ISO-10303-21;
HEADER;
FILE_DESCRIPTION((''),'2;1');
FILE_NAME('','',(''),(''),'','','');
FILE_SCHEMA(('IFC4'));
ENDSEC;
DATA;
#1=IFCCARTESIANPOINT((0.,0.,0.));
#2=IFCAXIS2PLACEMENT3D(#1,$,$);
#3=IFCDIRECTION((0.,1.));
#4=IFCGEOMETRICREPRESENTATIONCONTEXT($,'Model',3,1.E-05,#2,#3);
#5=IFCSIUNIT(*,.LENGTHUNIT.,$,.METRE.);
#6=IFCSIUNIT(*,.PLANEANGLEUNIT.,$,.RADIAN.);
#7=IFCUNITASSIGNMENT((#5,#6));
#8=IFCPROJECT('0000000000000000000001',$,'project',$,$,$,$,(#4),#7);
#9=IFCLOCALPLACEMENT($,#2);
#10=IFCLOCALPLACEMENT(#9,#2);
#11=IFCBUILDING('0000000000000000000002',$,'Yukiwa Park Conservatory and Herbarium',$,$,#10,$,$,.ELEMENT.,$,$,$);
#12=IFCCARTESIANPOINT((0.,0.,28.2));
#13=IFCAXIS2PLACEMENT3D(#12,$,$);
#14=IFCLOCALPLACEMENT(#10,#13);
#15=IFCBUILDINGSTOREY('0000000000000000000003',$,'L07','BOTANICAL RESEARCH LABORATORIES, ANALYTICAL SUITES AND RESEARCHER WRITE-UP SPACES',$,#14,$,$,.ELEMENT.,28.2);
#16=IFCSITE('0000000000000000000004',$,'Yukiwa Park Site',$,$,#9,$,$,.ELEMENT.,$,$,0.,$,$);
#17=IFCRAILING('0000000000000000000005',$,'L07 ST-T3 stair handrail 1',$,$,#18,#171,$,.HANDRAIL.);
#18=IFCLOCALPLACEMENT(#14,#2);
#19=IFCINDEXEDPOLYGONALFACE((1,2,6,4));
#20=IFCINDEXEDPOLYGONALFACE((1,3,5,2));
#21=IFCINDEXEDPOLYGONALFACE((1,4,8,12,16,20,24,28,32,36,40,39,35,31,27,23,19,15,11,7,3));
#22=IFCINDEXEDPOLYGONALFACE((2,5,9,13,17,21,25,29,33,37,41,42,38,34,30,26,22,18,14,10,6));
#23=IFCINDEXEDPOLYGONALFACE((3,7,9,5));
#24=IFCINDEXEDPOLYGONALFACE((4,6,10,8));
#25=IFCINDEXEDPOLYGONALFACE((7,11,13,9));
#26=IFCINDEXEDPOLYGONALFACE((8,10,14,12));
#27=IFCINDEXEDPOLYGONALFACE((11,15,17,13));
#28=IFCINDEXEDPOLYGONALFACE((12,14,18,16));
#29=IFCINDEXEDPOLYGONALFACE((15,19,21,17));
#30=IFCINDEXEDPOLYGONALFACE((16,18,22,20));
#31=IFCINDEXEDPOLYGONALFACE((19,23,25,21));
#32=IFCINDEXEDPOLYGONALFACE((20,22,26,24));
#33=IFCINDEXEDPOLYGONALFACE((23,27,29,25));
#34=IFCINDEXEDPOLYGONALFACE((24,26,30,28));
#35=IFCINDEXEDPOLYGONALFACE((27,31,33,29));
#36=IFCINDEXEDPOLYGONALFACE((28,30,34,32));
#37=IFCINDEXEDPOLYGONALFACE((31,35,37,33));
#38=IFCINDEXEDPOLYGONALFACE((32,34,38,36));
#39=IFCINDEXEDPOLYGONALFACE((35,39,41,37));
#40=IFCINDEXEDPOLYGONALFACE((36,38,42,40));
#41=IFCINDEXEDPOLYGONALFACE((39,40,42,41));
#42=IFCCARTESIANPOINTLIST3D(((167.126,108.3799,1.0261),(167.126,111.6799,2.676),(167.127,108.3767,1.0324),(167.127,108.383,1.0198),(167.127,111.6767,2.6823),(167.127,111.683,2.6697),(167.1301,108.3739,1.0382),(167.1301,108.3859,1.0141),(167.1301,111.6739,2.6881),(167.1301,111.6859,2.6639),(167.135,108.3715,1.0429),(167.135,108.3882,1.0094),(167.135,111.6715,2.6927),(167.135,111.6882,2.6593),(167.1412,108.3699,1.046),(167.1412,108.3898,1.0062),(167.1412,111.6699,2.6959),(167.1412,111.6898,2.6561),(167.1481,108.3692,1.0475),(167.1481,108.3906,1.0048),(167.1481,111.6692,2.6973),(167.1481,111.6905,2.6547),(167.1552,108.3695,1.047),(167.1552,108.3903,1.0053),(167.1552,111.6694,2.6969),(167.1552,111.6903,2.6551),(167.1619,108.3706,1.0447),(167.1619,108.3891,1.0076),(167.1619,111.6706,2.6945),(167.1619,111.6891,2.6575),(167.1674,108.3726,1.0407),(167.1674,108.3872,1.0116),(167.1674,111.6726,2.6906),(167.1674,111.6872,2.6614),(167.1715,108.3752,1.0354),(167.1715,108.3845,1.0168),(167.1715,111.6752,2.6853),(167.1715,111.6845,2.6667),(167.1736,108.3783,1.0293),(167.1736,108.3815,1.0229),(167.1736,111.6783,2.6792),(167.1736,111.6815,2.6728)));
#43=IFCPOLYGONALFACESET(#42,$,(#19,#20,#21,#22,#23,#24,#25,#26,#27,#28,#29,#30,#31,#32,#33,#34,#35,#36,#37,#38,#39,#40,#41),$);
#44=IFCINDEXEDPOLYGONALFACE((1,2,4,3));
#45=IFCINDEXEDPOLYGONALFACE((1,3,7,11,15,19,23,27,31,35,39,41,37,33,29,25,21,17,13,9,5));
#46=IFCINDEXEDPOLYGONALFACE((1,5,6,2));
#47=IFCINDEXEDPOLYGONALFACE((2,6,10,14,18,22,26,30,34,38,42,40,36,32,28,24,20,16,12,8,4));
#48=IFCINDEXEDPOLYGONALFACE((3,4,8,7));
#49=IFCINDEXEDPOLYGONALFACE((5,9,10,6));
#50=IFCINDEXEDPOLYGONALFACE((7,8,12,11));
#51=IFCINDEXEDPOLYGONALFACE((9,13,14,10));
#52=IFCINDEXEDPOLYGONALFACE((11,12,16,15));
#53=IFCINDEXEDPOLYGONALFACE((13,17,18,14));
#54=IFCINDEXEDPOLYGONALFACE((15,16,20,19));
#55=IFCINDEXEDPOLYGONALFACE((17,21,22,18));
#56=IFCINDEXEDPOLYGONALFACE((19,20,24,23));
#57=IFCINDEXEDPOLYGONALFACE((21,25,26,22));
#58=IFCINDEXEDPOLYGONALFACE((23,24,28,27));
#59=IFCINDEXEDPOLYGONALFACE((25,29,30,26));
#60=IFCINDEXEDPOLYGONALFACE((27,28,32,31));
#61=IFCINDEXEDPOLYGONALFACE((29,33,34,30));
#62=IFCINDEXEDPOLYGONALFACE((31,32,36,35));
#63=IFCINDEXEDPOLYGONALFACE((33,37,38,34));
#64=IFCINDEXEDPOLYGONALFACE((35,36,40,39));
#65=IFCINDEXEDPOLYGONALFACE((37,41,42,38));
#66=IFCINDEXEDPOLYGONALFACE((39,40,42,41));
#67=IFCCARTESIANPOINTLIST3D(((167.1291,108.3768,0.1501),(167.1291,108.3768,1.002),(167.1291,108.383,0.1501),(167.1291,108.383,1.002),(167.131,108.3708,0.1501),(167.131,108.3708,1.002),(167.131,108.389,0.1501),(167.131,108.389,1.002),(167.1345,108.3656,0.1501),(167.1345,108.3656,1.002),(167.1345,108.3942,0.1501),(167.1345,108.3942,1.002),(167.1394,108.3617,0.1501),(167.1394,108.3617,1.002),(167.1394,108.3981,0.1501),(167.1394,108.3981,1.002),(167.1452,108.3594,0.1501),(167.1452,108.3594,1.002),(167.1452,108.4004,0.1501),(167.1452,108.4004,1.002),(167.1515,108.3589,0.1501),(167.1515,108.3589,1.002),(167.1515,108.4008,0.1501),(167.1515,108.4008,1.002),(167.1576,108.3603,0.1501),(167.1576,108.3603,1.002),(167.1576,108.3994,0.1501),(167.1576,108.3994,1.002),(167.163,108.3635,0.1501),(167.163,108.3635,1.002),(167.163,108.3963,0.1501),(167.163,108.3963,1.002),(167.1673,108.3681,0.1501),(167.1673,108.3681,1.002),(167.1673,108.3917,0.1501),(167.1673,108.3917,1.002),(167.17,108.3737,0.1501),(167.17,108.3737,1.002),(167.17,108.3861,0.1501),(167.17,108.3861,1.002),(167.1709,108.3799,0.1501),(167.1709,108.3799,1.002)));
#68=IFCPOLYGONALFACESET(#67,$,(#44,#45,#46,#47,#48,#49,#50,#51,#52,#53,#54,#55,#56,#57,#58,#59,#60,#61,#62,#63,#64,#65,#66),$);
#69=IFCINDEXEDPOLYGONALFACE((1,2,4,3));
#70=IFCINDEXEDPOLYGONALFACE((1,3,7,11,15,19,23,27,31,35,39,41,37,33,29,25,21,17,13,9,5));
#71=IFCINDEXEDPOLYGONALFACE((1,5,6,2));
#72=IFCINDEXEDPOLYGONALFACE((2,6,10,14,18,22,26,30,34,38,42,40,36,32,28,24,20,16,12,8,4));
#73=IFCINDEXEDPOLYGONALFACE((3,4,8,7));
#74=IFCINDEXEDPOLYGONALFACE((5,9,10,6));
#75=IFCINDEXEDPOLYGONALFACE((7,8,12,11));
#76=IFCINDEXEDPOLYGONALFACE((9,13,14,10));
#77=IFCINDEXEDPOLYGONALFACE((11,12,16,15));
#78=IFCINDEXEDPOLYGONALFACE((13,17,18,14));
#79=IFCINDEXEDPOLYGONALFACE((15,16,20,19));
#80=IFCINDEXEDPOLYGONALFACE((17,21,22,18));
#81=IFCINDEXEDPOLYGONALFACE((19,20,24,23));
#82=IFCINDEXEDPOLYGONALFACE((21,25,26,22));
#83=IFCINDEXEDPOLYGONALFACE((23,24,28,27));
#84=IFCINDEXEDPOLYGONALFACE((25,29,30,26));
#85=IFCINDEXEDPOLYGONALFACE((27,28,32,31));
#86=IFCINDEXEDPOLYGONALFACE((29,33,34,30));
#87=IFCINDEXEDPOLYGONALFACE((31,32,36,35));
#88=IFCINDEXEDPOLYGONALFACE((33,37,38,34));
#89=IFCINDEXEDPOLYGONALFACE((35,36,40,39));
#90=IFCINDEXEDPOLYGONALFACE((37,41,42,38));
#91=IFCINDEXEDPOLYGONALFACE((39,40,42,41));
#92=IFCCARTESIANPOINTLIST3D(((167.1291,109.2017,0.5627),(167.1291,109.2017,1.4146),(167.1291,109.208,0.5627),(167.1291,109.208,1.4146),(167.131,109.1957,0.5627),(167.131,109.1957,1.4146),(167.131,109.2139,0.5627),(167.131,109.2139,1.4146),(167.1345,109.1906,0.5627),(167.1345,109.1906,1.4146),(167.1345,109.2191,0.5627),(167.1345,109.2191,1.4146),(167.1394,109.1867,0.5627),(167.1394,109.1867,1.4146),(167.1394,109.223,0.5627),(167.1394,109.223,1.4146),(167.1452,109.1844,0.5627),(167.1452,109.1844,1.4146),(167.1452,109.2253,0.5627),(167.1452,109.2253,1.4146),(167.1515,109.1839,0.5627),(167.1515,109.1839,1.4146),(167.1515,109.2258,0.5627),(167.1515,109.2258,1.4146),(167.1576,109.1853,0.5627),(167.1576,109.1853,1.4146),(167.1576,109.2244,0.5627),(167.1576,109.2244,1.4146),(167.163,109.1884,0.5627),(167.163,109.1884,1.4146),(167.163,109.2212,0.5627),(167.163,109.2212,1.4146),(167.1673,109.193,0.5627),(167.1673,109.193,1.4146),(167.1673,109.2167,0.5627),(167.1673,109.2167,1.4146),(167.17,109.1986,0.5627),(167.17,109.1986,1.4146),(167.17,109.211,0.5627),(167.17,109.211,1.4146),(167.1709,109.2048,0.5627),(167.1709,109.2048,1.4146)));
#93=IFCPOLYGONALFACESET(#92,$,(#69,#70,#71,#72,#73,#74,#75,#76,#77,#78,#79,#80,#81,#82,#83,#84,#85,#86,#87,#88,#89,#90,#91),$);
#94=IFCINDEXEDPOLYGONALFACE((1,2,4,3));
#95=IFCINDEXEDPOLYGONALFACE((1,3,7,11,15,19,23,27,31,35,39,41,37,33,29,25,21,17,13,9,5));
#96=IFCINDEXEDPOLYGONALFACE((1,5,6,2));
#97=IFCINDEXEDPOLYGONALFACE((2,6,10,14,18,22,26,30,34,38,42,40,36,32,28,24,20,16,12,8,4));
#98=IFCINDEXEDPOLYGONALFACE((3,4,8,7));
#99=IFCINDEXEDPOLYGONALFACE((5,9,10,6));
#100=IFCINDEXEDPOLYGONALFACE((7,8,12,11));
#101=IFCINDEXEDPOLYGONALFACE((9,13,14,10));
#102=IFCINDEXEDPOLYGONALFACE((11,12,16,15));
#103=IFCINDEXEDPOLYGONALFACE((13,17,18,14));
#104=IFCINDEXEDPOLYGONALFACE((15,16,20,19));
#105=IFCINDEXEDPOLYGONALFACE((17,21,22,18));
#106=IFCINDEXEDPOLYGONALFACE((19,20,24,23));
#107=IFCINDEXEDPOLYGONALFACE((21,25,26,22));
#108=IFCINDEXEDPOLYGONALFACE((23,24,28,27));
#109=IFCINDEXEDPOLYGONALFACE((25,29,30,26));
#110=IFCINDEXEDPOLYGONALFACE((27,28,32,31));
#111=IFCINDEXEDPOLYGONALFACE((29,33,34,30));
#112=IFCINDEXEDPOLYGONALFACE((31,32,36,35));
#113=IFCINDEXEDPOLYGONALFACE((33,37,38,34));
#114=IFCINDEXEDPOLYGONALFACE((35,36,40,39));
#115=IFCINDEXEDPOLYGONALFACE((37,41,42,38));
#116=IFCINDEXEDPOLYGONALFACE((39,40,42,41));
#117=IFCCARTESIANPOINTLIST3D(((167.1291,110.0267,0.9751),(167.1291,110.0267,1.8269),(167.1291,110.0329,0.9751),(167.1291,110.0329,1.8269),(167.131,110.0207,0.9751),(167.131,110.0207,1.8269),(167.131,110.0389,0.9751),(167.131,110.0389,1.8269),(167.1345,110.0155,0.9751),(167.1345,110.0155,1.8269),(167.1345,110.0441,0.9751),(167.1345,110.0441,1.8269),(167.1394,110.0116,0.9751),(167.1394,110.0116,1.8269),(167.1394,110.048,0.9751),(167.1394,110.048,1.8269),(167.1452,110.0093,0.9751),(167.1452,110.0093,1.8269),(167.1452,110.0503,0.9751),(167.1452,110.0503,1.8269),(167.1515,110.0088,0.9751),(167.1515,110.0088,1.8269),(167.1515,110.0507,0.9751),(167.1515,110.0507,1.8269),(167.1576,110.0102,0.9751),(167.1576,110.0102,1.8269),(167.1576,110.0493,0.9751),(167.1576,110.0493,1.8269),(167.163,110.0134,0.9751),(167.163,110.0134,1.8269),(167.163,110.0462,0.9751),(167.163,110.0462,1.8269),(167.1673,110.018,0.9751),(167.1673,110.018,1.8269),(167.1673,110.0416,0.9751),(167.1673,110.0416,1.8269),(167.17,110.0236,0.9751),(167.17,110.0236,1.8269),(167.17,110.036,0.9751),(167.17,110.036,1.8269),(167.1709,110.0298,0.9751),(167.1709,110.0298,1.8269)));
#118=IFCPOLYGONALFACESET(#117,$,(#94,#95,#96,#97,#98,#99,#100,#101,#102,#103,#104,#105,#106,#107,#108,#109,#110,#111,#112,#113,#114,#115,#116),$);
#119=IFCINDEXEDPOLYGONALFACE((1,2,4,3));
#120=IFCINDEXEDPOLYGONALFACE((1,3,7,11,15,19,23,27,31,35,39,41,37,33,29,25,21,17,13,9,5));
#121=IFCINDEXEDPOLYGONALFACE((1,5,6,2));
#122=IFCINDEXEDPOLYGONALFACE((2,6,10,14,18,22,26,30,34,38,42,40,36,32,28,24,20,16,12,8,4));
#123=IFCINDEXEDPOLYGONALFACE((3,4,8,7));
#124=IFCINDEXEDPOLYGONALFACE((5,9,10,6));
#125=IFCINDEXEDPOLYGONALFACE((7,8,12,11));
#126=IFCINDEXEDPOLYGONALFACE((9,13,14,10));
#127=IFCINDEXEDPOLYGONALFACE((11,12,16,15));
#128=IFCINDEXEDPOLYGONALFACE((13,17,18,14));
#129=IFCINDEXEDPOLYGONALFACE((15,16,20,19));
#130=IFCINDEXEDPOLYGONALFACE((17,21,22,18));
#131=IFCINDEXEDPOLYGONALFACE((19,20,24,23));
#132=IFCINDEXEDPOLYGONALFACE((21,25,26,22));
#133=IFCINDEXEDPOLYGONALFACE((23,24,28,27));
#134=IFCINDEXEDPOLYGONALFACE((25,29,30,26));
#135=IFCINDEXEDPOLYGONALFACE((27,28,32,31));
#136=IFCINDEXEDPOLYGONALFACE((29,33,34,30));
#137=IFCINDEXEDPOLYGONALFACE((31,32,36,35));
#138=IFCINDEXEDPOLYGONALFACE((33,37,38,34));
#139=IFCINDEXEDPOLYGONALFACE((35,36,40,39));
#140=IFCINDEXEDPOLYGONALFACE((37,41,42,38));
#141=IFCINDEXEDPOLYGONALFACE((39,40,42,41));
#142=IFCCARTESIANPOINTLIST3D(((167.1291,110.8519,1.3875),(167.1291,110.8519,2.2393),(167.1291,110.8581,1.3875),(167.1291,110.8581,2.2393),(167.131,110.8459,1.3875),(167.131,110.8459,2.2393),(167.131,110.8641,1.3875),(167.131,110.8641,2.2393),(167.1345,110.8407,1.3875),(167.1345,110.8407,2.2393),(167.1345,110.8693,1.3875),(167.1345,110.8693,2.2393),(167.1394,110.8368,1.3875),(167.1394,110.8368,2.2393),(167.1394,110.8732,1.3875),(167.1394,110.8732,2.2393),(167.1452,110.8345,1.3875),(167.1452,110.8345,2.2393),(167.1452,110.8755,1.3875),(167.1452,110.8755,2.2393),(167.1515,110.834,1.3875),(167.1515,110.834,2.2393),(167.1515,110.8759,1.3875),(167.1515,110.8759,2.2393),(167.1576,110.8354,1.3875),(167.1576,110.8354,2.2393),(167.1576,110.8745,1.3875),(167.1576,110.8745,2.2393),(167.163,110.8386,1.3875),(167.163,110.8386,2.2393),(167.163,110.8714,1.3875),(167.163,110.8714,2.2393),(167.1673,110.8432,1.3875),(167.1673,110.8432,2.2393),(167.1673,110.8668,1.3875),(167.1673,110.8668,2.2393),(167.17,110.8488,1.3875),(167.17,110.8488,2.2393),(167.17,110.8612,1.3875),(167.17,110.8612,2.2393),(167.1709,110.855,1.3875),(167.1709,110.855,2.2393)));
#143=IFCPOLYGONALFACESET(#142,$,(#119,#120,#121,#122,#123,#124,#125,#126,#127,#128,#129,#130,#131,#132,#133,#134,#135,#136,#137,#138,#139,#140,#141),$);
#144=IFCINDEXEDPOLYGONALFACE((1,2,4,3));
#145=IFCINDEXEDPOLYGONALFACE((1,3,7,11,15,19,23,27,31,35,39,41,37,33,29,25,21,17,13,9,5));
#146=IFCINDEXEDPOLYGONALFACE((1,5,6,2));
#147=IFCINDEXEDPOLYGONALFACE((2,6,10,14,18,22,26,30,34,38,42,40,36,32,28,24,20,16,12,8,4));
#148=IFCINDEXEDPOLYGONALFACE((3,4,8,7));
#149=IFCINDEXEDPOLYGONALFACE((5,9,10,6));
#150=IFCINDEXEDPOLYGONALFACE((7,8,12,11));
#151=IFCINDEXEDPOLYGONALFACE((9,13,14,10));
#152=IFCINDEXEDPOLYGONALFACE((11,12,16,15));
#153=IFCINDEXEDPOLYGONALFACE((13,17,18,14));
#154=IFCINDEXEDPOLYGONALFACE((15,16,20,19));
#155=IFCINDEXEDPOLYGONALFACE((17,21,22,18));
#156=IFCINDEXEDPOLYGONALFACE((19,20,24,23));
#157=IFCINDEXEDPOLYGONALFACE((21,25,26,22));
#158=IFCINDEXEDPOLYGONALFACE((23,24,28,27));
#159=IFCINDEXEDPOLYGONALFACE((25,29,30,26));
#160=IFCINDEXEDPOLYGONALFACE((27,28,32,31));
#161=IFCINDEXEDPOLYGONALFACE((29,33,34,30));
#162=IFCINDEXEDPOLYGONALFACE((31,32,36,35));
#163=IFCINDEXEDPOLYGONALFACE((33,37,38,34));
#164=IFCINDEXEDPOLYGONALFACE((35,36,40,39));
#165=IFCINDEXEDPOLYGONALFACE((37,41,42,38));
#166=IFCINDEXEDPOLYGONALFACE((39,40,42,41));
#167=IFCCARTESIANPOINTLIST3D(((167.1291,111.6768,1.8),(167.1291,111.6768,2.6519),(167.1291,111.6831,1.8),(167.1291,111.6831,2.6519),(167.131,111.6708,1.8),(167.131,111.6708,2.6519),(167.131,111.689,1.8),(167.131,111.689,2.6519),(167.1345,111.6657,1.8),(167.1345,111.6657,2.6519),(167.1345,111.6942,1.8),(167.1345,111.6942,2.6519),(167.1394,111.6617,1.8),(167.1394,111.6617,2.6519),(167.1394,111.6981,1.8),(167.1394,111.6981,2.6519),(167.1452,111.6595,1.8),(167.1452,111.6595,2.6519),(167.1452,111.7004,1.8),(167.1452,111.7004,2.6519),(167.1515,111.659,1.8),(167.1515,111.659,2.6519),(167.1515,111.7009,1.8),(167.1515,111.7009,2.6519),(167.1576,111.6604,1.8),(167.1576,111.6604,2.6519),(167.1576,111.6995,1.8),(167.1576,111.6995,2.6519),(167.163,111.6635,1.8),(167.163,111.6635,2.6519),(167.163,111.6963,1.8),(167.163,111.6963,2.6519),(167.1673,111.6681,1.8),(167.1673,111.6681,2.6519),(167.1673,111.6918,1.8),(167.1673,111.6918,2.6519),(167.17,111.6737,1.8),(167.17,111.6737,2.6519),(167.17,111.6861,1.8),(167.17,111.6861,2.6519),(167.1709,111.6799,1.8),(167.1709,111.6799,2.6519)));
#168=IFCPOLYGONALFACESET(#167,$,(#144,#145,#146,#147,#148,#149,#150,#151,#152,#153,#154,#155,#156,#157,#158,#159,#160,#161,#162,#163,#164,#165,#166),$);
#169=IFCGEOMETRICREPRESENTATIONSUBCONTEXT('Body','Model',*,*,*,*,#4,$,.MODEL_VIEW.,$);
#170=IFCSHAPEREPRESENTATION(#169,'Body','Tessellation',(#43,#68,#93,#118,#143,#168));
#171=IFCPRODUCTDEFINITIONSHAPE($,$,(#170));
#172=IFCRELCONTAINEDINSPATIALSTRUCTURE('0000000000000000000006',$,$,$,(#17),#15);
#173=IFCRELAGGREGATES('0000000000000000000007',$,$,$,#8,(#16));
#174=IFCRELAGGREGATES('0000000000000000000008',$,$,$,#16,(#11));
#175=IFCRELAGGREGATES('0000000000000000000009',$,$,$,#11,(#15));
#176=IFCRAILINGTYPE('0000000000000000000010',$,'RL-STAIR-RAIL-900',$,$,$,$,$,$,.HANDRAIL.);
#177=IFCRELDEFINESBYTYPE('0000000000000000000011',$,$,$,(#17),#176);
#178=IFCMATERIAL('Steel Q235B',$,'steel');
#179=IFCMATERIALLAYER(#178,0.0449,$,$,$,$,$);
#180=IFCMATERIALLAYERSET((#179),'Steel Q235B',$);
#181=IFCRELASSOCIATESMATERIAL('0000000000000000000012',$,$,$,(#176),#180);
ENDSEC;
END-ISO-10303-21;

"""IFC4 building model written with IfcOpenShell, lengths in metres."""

from ifc_helpers import new_model, si_unit, direction, frame, origin, origin_2d, place, context, subcontext, project, spatial, circle, extrude, material, layer, layer_set, type_object, element, save


model = new_model("IFC4")

# Units and contexts
model_context = context("Model", 3, precision=1e-05, world=origin(), true_north=direction((0.0, 1.0)))
body_context = subcontext(model_context, "Body", "Model", "MODEL_VIEW")
ifc_project = project(units=[si_unit("LENGTHUNIT", "METRE"), si_unit("PLANEANGLEUNIT", "RADIAN")], contexts=[model_context])

# Site, building, storey
site_placement = place(None, origin())
site = spatial("IfcSite", under=ifc_project, at=site_placement, Name="Yukiwa Park Site", CompositionType="ELEMENT", RefElevation=0.0)
building_placement = place(site_placement, origin())
building = spatial("IfcBuilding", under=site, at=building_placement, Name="Yukiwa Park Conservatory and Herbarium", CompositionType="ELEMENT")
storey_placement = place(building_placement, frame((0.0, 0.0, 28.2)))
storey = spatial("IfcBuildingStorey", under=building, at=storey_placement, Name="L07", Description="BOTANICAL RESEARCH LABORATORIES, ANALYTICAL SUITES AND RESEARCHER WRITE-UP SPACES", CompositionType="ELEMENT", Elevation=28.2)

# Railing
ifc_material_1 = material(Name="Steel Q235B", Category="steel")
ifc_layer_1 = layer(ifc_material_1, 0.0449)
ifc_layer_set_1 = layer_set([ifc_layer_1], Name="Steel Q235B")
railing_type_1 = type_object("IfcRailingType", Name="RL-STAIR-RAIL-900", PredefinedType="HANDRAIL", material=ifc_layer_set_1)
railing_1_placement = place(storey_placement, frame((167.1499, 108.3799, 0.1501)))
element("IfcRailing", 1, at=railing_1_placement, inside=storey, type_object=railing_type_1, Name="L07 ST-T3 stair handrail 1", PredefinedType="HANDRAIL", context=body_context, shape_type="SweptSolid", body=[
    extrude(circle(Radius=0.0239, at=origin_2d()), frame((0.0, 0.0, 0.876), z_axis=(0.0, 0.89444, 0.447187), x_axis=(-1.0, 0.0, 0.0)), (0.0, 0.0, 1.0), 3.6895),
    extrude(circle(Radius=0.021, at=origin_2d()), origin(), (0.0, 0.0, 1.0), 0.8518),
    extrude(circle(Radius=0.021, at=origin_2d()), frame((0.0, 0.825, 0.4126)), (0.0, 0.0, 1.0), 0.8518),
    extrude(circle(Radius=0.021, at=origin_2d()), frame((0.0, 1.6499, 0.825)), (0.0, 0.0, 1.0), 0.8518),
    extrude(circle(Radius=0.021, at=origin_2d()), frame((0.0, 2.4751, 1.2373)), (0.0, 0.0, 1.0), 0.8518),
    extrude(circle(Radius=0.021, at=origin_2d()), frame((0.0, 3.3, 1.6499)), (0.0, 0.0, 1.0), 0.8518),
])

save(model, "model.ifc")
